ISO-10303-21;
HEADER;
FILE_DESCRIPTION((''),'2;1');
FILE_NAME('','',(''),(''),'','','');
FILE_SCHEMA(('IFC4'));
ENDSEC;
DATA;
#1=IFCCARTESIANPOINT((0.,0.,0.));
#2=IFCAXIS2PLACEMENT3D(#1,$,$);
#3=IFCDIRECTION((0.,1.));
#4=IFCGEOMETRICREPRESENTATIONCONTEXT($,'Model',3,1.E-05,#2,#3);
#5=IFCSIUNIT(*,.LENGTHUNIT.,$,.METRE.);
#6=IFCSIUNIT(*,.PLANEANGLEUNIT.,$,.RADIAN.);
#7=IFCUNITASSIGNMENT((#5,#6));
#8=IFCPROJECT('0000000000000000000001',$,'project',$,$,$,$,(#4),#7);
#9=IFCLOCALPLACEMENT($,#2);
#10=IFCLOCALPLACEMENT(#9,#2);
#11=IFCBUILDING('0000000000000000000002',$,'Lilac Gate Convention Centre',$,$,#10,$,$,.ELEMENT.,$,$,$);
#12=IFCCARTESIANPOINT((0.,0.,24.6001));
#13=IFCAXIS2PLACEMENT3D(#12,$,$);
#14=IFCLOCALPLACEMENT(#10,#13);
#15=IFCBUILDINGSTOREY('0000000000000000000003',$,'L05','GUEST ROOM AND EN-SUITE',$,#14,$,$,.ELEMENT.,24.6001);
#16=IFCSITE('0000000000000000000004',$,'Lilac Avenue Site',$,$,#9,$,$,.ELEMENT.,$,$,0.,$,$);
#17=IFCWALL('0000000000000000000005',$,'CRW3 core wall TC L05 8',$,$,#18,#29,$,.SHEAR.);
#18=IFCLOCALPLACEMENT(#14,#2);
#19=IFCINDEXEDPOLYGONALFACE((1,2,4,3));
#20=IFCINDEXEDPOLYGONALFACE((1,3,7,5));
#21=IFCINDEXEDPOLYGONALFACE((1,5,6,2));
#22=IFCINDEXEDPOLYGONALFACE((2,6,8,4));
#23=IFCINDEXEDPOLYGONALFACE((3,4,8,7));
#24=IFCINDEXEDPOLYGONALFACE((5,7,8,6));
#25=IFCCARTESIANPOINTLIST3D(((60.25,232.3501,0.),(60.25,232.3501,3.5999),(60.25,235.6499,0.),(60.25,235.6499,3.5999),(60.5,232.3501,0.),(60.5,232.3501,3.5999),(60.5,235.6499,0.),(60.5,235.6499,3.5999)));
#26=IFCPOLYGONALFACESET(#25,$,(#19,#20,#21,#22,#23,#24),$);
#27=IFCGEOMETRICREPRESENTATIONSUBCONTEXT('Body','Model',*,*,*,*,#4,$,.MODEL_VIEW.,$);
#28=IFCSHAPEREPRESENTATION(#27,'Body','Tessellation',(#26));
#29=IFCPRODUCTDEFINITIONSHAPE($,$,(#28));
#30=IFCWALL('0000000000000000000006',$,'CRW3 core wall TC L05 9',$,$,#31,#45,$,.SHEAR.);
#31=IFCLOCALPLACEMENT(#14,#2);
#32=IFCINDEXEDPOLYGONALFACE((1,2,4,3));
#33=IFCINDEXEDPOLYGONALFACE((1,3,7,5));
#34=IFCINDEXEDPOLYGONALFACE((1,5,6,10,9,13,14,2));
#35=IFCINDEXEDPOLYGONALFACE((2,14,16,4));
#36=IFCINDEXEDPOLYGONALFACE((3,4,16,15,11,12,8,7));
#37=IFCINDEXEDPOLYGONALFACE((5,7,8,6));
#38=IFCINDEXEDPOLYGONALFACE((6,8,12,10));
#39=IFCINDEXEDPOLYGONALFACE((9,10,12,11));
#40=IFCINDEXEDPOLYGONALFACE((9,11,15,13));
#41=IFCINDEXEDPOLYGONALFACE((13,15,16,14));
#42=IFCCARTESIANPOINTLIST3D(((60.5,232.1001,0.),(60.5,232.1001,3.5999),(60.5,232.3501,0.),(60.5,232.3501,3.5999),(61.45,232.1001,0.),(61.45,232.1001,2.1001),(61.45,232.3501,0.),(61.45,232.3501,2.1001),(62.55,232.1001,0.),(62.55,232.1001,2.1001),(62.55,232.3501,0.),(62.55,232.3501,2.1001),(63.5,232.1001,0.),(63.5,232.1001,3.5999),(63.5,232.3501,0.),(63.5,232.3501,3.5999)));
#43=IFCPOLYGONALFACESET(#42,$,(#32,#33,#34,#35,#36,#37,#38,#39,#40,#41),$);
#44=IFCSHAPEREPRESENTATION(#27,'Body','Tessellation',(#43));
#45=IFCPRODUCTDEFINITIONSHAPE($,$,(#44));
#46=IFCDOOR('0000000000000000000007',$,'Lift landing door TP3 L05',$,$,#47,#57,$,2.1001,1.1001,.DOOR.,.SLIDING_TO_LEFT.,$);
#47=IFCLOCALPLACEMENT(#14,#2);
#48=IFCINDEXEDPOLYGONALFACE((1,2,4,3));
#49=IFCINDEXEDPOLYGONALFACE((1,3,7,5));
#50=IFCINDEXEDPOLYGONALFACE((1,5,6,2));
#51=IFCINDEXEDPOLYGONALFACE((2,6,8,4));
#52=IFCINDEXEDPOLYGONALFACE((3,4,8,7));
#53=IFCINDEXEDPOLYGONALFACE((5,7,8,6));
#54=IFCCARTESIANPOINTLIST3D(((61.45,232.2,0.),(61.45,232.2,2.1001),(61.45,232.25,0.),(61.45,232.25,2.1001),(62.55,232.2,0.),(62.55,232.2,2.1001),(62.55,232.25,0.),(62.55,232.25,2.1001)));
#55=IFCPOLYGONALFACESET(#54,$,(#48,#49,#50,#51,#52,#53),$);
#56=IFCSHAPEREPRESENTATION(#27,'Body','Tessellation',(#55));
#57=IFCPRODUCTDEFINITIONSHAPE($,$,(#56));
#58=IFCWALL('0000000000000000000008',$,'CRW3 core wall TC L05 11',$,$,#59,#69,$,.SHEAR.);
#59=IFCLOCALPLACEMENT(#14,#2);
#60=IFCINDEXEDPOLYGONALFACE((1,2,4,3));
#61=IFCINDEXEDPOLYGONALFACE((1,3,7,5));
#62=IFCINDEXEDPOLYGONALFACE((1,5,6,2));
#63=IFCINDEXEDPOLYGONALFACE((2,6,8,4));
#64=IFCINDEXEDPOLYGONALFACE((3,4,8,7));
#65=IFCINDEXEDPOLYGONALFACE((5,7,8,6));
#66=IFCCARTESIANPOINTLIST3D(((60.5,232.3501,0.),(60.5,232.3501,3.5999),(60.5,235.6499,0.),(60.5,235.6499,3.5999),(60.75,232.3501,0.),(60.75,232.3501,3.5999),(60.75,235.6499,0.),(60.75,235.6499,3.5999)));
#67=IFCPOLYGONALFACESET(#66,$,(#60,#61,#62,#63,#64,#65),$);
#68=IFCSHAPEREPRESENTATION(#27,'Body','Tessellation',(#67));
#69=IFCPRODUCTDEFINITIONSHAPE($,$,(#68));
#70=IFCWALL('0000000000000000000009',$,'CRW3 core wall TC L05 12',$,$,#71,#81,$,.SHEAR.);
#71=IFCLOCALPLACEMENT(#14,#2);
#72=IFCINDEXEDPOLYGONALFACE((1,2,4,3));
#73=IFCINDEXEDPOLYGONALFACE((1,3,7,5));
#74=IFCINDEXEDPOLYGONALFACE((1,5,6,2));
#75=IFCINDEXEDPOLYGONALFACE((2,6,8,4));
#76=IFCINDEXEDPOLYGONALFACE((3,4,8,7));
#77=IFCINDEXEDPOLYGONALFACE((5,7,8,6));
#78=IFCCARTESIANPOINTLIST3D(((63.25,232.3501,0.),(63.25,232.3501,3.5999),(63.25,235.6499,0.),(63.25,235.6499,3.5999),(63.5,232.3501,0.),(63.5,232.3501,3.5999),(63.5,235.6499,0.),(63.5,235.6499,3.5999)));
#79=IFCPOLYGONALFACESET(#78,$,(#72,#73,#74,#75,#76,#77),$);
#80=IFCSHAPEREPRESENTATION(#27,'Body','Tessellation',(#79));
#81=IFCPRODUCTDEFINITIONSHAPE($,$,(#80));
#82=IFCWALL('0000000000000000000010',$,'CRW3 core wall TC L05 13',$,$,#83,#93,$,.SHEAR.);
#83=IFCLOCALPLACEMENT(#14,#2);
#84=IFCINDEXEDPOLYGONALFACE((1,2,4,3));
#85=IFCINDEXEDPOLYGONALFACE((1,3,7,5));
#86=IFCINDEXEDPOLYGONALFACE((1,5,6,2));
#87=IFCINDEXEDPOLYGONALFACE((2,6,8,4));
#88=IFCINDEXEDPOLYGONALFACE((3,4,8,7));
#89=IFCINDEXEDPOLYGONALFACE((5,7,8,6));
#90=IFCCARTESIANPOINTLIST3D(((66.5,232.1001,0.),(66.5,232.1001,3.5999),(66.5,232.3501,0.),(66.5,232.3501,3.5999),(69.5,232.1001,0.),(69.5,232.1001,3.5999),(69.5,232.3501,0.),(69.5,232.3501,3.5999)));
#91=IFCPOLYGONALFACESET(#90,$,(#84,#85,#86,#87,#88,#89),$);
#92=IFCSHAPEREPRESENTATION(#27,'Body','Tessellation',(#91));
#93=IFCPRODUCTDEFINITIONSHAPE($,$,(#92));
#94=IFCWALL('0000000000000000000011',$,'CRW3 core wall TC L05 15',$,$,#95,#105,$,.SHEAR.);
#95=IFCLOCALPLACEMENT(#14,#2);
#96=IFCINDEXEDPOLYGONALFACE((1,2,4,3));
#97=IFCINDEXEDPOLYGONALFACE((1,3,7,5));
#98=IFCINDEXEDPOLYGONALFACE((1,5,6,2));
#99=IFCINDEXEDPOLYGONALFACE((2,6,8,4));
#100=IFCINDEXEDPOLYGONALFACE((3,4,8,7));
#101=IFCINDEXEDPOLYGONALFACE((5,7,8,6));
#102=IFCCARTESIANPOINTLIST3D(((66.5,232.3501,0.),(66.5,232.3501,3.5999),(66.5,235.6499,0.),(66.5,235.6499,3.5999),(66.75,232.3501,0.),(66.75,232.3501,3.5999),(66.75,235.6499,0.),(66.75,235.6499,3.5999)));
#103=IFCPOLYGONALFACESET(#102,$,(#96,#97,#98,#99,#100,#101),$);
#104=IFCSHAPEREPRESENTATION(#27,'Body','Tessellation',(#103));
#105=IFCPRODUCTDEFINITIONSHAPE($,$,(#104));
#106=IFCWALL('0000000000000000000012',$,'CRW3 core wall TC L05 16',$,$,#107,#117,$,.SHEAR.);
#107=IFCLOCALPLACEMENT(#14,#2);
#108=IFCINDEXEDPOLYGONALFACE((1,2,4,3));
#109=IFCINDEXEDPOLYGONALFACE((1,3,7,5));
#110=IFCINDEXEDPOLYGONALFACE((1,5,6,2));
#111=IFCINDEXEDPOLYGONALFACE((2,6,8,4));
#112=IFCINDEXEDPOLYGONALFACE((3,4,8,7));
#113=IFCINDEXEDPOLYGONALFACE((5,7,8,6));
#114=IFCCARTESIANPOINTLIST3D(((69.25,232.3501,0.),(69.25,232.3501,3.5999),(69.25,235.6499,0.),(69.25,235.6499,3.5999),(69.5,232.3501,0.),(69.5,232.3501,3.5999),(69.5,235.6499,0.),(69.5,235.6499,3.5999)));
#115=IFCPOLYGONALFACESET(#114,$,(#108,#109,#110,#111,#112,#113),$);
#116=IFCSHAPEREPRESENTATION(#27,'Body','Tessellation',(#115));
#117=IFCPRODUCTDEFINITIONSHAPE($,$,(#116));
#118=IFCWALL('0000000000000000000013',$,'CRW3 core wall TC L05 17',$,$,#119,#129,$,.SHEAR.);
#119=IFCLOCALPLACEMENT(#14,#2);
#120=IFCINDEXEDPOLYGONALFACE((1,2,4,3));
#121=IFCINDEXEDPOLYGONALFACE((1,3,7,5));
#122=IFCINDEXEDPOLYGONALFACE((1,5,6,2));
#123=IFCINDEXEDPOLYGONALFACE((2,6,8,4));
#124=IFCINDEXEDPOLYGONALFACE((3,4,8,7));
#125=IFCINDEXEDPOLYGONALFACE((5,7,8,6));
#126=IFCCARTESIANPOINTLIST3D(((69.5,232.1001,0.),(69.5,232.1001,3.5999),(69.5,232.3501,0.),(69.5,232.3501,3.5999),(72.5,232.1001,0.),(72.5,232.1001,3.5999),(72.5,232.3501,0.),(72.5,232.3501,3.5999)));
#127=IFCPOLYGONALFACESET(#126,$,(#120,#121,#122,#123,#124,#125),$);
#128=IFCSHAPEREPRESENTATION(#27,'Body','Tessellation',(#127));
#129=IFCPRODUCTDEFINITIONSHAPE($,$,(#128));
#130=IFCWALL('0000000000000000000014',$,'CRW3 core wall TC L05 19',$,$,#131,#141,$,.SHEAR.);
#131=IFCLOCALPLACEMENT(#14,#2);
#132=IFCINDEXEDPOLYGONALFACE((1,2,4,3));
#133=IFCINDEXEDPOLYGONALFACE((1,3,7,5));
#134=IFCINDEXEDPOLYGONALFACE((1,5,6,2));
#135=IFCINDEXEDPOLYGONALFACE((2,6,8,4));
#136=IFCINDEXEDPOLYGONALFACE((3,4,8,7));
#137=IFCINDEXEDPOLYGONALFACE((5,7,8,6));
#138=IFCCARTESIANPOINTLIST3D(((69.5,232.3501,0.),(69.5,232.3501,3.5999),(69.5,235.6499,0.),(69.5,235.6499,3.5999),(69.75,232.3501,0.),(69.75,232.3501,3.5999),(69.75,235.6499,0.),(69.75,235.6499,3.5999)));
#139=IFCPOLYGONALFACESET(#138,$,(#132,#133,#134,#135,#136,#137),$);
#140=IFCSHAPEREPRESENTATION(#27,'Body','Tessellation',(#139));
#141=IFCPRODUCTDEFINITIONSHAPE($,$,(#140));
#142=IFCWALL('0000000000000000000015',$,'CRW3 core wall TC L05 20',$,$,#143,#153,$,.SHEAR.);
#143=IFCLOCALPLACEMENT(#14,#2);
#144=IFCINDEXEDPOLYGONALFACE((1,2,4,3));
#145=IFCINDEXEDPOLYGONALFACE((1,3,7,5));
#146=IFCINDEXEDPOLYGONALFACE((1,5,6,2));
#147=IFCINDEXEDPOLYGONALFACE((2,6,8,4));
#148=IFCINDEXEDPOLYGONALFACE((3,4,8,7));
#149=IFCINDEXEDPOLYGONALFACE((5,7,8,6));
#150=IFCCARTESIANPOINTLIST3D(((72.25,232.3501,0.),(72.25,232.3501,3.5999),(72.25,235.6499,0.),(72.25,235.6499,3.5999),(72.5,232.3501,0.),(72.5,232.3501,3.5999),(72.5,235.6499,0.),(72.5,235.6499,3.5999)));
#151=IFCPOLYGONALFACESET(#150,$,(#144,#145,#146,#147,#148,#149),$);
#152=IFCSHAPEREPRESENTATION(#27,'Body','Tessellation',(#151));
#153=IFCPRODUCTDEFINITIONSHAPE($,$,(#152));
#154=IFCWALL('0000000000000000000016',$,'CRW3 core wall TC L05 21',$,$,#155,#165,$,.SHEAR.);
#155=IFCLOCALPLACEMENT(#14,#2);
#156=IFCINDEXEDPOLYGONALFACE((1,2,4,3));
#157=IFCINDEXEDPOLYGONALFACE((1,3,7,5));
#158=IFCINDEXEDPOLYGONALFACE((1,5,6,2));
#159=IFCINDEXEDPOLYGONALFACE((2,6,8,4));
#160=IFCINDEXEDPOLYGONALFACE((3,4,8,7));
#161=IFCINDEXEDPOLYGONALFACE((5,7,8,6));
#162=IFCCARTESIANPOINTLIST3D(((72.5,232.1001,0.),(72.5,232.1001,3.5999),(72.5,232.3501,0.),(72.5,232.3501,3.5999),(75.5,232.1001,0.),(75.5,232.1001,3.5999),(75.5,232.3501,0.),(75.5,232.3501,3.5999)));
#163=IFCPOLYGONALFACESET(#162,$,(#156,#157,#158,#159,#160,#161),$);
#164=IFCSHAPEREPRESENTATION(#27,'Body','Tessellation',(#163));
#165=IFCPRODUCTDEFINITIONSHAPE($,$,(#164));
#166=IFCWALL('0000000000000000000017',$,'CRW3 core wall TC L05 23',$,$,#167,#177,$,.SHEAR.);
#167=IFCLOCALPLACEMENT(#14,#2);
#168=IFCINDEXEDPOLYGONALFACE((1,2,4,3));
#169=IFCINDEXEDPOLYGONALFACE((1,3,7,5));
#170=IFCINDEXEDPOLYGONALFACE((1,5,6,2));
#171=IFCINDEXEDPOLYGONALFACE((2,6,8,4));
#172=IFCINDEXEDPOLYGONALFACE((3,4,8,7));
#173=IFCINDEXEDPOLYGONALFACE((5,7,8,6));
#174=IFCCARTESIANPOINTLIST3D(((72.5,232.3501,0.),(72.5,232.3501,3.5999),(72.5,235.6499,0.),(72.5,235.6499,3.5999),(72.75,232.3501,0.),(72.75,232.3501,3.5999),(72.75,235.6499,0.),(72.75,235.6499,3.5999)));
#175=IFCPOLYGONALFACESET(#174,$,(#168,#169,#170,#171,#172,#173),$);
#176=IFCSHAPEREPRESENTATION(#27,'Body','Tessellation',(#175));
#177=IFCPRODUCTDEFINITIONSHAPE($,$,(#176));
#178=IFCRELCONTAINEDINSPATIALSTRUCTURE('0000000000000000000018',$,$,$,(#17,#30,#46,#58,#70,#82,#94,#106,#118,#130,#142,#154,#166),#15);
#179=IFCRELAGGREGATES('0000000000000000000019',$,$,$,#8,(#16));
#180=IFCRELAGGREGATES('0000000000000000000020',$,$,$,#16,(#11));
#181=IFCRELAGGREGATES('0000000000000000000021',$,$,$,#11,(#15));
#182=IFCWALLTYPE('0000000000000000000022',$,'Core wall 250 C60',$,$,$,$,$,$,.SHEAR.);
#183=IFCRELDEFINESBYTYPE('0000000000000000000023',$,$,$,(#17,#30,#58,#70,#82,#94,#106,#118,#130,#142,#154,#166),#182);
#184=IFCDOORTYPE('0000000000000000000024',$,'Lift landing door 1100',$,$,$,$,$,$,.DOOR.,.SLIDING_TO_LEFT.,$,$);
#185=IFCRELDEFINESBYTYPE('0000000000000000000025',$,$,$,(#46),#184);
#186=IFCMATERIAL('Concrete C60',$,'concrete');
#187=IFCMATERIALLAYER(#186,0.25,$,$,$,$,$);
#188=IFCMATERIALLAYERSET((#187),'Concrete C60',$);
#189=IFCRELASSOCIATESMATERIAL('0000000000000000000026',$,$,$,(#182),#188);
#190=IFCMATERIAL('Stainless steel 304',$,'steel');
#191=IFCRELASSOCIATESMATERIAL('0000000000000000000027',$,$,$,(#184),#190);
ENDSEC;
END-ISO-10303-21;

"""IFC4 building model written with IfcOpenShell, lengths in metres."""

from ifc_helpers import new_model, si_unit, direction, frame, frame_2d, origin, place, context, subcontext, project, spatial, rectangle, extrude, material, layer, layer_set, type_object, element, fill, save


model = new_model("IFC4")

# Units and contexts
model_context = context("Model", 3, precision=1e-05, world=origin(), true_north=direction((0.0, 1.0)))
body_context = subcontext(model_context, "Body", "Model", "MODEL_VIEW")
ifc_project = project(units=[si_unit("LENGTHUNIT", "METRE"), si_unit("PLANEANGLEUNIT", "RADIAN")], contexts=[model_context])

# Site, building, storey
site_placement = place(None, origin())
site = spatial("IfcSite", under=ifc_project, at=site_placement, Name="Lilac Avenue Site", CompositionType="ELEMENT", RefElevation=0.0)
building_placement = place(site_placement, origin())
building = spatial("IfcBuilding", under=site, at=building_placement, Name="Lilac Gate Convention Centre", CompositionType="ELEMENT")
storey_placement = place(building_placement, frame((0.0, 0.0, 24.6001)))
storey = spatial("IfcBuildingStorey", under=building, at=storey_placement, Name="L05", Description="GUEST ROOM AND EN-SUITE", CompositionType="ELEMENT", Elevation=24.6001)

# Wall
ifc_material_1 = material(Name="Concrete C60", Category="concrete")
ifc_layer_1 = layer(ifc_material_1, 0.25)
ifc_layer_set_1 = layer_set([ifc_layer_1], Name="Concrete C60")
wall_type_1 = type_object("IfcWallType", Name="Core wall 250 C60", PredefinedType="SHEAR", material=ifc_layer_set_1)
wall_1_placement = place(storey_placement, frame((60.375, 232.3501, 0.0), z_axis=(0.0, 0.0, 1.0), x_axis=(0.0, 1.0, 0.0)))
element("IfcWall", 1, at=wall_1_placement, inside=storey, type_object=wall_type_1, Name="CRW3 core wall TC L05 8", PredefinedType="SHEAR", context=body_context, shape_type="SweptSolid", body=[
    extrude(rectangle(XDim=3.2998, YDim=0.25, at=frame_2d((1.6499, 0.0))), origin(), (0.0, 0.0, 1.0), 3.5999),
])

# Wall, opening, door
wall_2_placement = place(storey_placement, frame((60.5, 232.2251, 0.0), z_axis=(0.0, 0.0, 1.0), x_axis=(1.0, 0.0, 0.0)))
wall_2 = element("IfcWall", 2, at=wall_2_placement, inside=storey, type_object=wall_type_1, Name="CRW3 core wall TC L05 9", PredefinedType="SHEAR", context=body_context, shape_type="SweptSolid", body=[
    extrude(rectangle(XDim=3.0, YDim=0.25, at=frame_2d((1.5, 0.0))), origin(), (0.0, 0.0, 1.0), 3.5999),
])
opening_1_placement = place(wall_2_placement, frame((0.95, 0.0, 0.0)))
opening_1 = element("IfcOpeningElement", 3, at=opening_1_placement, cuts=wall_2, PredefinedType="OPENING", context=body_context, shape_type="SweptSolid", body=[
    extrude(rectangle(XDim=1.1001, YDim=2.1001, at=frame_2d((0.55, 1.05))), frame((0.0, 0.135, 0.0), z_axis=(0.0, -1.0, 0.0), x_axis=(1.0, 0.0, 0.0)), (0.0, 0.0, 1.0), 0.27),
])
ifc_material_2 = material(Name="Stainless steel 304", Category="steel")
door_type_1 = type_object("IfcDoorType", Name="Lift landing door 1100", OperationType="SLIDING_TO_LEFT", PredefinedType="DOOR", material=ifc_material_2)
door_1_placement = place(opening_1_placement, origin())
door_1 = element("IfcDoor", 4, at=door_1_placement, inside=storey, type_object=door_type_1, Name="Lift landing door TP3 L05", OperationType="SLIDING_TO_LEFT", OverallHeight=2.1001, OverallWidth=1.1001, PredefinedType="DOOR", context=body_context, shape_type="SweptSolid", body=[
    extrude(rectangle(XDim=1.1001, YDim=2.1001, at=frame_2d((0.55, 1.05))), frame((0.0, 0.0249, 0.0), z_axis=(0.0, -1.0, 0.0), x_axis=(1.0, 0.0, 0.0)), (0.0, 0.0, 1.0), 0.05),
])
fill(opening_1, door_1)

# Walls
for number, where, z_axis, x_axis, name in (
    (5, (60.625, 232.3501, 0.0), (0.0, 0.0, 1.0), (0.0, 1.0, 0.0), "CRW3 core wall TC L05 11"),
    (6, (63.375, 232.3501, 0.0), (0.0, 0.0, 1.0), (0.0, 1.0, 0.0), "CRW3 core wall TC L05 12"),
):
    element("IfcWall", number, at=place(storey_placement, frame(where, z_axis=z_axis, x_axis=x_axis)), inside=storey, type_object=wall_type_1, Name=name, PredefinedType="SHEAR", context=body_context, shape_type="SweptSolid", body=[
        extrude(rectangle(XDim=3.2998, YDim=0.25, at=frame_2d((1.6499, 0.0))), origin(), (0.0, 0.0, 1.0), 3.5999),
    ])
wall_3_placement = place(storey_placement, frame((66.5, 232.2251, 0.0), z_axis=(0.0, 0.0, 1.0), x_axis=(1.0, 0.0, 0.0)))
element("IfcWall", 7, at=wall_3_placement, inside=storey, type_object=wall_type_1, Name="CRW3 core wall TC L05 13", PredefinedType="SHEAR", context=body_context, shape_type="SweptSolid", body=[
    extrude(rectangle(XDim=3.0, YDim=0.25, at=frame_2d((1.5, 0.0))), origin(), (0.0, 0.0, 1.0), 3.5999),
])
for number, where, z_axis, x_axis, name in (
    (8, (66.625, 232.3501, 0.0), (0.0, 0.0, 1.0), (0.0, 1.0, 0.0), "CRW3 core wall TC L05 15"),
    (9, (69.375, 232.3501, 0.0), (0.0, 0.0, 1.0), (0.0, 1.0, 0.0), "CRW3 core wall TC L05 16"),
):
    element("IfcWall", number, at=place(storey_placement, frame(where, z_axis=z_axis, x_axis=x_axis)), inside=storey, type_object=wall_type_1, Name=name, PredefinedType="SHEAR", context=body_context, shape_type="SweptSolid", body=[
        extrude(rectangle(XDim=3.2998, YDim=0.25, at=frame_2d((1.6499, 0.0))), origin(), (0.0, 0.0, 1.0), 3.5999),
    ])
wall_4_placement = place(storey_placement, frame((69.5, 232.2251, 0.0), z_axis=(0.0, 0.0, 1.0), x_axis=(1.0, 0.0, 0.0)))
element("IfcWall", 10, at=wall_4_placement, inside=storey, type_object=wall_type_1, Name="CRW3 core wall TC L05 17", PredefinedType="SHEAR", context=body_context, shape_type="SweptSolid", body=[
    extrude(rectangle(XDim=3.0, YDim=0.25, at=frame_2d((1.5, 0.0))), origin(), (0.0, 0.0, 1.0), 3.5999),
])
for number, where, z_axis, x_axis, name in (
    (11, (69.625, 232.3501, 0.0), (0.0, 0.0, 1.0), (0.0, 1.0, 0.0), "CRW3 core wall TC L05 19"),
    (12, (72.375, 232.3501, 0.0), (0.0, 0.0, 1.0), (0.0, 1.0, 0.0), "CRW3 core wall TC L05 20"),
):
    element("IfcWall", number, at=place(storey_placement, frame(where, z_axis=z_axis, x_axis=x_axis)), inside=storey, type_object=wall_type_1, Name=name, PredefinedType="SHEAR", context=body_context, shape_type="SweptSolid", body=[
        extrude(rectangle(XDim=3.2998, YDim=0.25, at=frame_2d((1.6499, 0.0))), origin(), (0.0, 0.0, 1.0), 3.5999),
    ])
wall_5_placement = place(storey_placement, frame((72.5, 232.2251, 0.0), z_axis=(0.0, 0.0, 1.0), x_axis=(1.0, 0.0, 0.0)))
element("IfcWall", 13, at=wall_5_placement, inside=storey, type_object=wall_type_1, Name="CRW3 core wall TC L05 21", PredefinedType="SHEAR", context=body_context, shape_type="SweptSolid", body=[
    extrude(rectangle(XDim=3.0, YDim=0.25, at=frame_2d((1.5, 0.0))), origin(), (0.0, 0.0, 1.0), 3.5999),
])
wall_6_placement = place(storey_placement, frame((72.625, 232.3501, 0.0), z_axis=(0.0, 0.0, 1.0), x_axis=(0.0, 1.0, 0.0)))
element("IfcWall", 14, at=wall_6_placement, inside=storey, type_object=wall_type_1, Name="CRW3 core wall TC L05 23", PredefinedType="SHEAR", context=body_context, shape_type="SweptSolid", body=[
    extrude(rectangle(XDim=3.2998, YDim=0.25, at=frame_2d((1.6499, 0.0))), origin(), (0.0, 0.0, 1.0), 3.5999),
])

save(model, "model.ifc")
